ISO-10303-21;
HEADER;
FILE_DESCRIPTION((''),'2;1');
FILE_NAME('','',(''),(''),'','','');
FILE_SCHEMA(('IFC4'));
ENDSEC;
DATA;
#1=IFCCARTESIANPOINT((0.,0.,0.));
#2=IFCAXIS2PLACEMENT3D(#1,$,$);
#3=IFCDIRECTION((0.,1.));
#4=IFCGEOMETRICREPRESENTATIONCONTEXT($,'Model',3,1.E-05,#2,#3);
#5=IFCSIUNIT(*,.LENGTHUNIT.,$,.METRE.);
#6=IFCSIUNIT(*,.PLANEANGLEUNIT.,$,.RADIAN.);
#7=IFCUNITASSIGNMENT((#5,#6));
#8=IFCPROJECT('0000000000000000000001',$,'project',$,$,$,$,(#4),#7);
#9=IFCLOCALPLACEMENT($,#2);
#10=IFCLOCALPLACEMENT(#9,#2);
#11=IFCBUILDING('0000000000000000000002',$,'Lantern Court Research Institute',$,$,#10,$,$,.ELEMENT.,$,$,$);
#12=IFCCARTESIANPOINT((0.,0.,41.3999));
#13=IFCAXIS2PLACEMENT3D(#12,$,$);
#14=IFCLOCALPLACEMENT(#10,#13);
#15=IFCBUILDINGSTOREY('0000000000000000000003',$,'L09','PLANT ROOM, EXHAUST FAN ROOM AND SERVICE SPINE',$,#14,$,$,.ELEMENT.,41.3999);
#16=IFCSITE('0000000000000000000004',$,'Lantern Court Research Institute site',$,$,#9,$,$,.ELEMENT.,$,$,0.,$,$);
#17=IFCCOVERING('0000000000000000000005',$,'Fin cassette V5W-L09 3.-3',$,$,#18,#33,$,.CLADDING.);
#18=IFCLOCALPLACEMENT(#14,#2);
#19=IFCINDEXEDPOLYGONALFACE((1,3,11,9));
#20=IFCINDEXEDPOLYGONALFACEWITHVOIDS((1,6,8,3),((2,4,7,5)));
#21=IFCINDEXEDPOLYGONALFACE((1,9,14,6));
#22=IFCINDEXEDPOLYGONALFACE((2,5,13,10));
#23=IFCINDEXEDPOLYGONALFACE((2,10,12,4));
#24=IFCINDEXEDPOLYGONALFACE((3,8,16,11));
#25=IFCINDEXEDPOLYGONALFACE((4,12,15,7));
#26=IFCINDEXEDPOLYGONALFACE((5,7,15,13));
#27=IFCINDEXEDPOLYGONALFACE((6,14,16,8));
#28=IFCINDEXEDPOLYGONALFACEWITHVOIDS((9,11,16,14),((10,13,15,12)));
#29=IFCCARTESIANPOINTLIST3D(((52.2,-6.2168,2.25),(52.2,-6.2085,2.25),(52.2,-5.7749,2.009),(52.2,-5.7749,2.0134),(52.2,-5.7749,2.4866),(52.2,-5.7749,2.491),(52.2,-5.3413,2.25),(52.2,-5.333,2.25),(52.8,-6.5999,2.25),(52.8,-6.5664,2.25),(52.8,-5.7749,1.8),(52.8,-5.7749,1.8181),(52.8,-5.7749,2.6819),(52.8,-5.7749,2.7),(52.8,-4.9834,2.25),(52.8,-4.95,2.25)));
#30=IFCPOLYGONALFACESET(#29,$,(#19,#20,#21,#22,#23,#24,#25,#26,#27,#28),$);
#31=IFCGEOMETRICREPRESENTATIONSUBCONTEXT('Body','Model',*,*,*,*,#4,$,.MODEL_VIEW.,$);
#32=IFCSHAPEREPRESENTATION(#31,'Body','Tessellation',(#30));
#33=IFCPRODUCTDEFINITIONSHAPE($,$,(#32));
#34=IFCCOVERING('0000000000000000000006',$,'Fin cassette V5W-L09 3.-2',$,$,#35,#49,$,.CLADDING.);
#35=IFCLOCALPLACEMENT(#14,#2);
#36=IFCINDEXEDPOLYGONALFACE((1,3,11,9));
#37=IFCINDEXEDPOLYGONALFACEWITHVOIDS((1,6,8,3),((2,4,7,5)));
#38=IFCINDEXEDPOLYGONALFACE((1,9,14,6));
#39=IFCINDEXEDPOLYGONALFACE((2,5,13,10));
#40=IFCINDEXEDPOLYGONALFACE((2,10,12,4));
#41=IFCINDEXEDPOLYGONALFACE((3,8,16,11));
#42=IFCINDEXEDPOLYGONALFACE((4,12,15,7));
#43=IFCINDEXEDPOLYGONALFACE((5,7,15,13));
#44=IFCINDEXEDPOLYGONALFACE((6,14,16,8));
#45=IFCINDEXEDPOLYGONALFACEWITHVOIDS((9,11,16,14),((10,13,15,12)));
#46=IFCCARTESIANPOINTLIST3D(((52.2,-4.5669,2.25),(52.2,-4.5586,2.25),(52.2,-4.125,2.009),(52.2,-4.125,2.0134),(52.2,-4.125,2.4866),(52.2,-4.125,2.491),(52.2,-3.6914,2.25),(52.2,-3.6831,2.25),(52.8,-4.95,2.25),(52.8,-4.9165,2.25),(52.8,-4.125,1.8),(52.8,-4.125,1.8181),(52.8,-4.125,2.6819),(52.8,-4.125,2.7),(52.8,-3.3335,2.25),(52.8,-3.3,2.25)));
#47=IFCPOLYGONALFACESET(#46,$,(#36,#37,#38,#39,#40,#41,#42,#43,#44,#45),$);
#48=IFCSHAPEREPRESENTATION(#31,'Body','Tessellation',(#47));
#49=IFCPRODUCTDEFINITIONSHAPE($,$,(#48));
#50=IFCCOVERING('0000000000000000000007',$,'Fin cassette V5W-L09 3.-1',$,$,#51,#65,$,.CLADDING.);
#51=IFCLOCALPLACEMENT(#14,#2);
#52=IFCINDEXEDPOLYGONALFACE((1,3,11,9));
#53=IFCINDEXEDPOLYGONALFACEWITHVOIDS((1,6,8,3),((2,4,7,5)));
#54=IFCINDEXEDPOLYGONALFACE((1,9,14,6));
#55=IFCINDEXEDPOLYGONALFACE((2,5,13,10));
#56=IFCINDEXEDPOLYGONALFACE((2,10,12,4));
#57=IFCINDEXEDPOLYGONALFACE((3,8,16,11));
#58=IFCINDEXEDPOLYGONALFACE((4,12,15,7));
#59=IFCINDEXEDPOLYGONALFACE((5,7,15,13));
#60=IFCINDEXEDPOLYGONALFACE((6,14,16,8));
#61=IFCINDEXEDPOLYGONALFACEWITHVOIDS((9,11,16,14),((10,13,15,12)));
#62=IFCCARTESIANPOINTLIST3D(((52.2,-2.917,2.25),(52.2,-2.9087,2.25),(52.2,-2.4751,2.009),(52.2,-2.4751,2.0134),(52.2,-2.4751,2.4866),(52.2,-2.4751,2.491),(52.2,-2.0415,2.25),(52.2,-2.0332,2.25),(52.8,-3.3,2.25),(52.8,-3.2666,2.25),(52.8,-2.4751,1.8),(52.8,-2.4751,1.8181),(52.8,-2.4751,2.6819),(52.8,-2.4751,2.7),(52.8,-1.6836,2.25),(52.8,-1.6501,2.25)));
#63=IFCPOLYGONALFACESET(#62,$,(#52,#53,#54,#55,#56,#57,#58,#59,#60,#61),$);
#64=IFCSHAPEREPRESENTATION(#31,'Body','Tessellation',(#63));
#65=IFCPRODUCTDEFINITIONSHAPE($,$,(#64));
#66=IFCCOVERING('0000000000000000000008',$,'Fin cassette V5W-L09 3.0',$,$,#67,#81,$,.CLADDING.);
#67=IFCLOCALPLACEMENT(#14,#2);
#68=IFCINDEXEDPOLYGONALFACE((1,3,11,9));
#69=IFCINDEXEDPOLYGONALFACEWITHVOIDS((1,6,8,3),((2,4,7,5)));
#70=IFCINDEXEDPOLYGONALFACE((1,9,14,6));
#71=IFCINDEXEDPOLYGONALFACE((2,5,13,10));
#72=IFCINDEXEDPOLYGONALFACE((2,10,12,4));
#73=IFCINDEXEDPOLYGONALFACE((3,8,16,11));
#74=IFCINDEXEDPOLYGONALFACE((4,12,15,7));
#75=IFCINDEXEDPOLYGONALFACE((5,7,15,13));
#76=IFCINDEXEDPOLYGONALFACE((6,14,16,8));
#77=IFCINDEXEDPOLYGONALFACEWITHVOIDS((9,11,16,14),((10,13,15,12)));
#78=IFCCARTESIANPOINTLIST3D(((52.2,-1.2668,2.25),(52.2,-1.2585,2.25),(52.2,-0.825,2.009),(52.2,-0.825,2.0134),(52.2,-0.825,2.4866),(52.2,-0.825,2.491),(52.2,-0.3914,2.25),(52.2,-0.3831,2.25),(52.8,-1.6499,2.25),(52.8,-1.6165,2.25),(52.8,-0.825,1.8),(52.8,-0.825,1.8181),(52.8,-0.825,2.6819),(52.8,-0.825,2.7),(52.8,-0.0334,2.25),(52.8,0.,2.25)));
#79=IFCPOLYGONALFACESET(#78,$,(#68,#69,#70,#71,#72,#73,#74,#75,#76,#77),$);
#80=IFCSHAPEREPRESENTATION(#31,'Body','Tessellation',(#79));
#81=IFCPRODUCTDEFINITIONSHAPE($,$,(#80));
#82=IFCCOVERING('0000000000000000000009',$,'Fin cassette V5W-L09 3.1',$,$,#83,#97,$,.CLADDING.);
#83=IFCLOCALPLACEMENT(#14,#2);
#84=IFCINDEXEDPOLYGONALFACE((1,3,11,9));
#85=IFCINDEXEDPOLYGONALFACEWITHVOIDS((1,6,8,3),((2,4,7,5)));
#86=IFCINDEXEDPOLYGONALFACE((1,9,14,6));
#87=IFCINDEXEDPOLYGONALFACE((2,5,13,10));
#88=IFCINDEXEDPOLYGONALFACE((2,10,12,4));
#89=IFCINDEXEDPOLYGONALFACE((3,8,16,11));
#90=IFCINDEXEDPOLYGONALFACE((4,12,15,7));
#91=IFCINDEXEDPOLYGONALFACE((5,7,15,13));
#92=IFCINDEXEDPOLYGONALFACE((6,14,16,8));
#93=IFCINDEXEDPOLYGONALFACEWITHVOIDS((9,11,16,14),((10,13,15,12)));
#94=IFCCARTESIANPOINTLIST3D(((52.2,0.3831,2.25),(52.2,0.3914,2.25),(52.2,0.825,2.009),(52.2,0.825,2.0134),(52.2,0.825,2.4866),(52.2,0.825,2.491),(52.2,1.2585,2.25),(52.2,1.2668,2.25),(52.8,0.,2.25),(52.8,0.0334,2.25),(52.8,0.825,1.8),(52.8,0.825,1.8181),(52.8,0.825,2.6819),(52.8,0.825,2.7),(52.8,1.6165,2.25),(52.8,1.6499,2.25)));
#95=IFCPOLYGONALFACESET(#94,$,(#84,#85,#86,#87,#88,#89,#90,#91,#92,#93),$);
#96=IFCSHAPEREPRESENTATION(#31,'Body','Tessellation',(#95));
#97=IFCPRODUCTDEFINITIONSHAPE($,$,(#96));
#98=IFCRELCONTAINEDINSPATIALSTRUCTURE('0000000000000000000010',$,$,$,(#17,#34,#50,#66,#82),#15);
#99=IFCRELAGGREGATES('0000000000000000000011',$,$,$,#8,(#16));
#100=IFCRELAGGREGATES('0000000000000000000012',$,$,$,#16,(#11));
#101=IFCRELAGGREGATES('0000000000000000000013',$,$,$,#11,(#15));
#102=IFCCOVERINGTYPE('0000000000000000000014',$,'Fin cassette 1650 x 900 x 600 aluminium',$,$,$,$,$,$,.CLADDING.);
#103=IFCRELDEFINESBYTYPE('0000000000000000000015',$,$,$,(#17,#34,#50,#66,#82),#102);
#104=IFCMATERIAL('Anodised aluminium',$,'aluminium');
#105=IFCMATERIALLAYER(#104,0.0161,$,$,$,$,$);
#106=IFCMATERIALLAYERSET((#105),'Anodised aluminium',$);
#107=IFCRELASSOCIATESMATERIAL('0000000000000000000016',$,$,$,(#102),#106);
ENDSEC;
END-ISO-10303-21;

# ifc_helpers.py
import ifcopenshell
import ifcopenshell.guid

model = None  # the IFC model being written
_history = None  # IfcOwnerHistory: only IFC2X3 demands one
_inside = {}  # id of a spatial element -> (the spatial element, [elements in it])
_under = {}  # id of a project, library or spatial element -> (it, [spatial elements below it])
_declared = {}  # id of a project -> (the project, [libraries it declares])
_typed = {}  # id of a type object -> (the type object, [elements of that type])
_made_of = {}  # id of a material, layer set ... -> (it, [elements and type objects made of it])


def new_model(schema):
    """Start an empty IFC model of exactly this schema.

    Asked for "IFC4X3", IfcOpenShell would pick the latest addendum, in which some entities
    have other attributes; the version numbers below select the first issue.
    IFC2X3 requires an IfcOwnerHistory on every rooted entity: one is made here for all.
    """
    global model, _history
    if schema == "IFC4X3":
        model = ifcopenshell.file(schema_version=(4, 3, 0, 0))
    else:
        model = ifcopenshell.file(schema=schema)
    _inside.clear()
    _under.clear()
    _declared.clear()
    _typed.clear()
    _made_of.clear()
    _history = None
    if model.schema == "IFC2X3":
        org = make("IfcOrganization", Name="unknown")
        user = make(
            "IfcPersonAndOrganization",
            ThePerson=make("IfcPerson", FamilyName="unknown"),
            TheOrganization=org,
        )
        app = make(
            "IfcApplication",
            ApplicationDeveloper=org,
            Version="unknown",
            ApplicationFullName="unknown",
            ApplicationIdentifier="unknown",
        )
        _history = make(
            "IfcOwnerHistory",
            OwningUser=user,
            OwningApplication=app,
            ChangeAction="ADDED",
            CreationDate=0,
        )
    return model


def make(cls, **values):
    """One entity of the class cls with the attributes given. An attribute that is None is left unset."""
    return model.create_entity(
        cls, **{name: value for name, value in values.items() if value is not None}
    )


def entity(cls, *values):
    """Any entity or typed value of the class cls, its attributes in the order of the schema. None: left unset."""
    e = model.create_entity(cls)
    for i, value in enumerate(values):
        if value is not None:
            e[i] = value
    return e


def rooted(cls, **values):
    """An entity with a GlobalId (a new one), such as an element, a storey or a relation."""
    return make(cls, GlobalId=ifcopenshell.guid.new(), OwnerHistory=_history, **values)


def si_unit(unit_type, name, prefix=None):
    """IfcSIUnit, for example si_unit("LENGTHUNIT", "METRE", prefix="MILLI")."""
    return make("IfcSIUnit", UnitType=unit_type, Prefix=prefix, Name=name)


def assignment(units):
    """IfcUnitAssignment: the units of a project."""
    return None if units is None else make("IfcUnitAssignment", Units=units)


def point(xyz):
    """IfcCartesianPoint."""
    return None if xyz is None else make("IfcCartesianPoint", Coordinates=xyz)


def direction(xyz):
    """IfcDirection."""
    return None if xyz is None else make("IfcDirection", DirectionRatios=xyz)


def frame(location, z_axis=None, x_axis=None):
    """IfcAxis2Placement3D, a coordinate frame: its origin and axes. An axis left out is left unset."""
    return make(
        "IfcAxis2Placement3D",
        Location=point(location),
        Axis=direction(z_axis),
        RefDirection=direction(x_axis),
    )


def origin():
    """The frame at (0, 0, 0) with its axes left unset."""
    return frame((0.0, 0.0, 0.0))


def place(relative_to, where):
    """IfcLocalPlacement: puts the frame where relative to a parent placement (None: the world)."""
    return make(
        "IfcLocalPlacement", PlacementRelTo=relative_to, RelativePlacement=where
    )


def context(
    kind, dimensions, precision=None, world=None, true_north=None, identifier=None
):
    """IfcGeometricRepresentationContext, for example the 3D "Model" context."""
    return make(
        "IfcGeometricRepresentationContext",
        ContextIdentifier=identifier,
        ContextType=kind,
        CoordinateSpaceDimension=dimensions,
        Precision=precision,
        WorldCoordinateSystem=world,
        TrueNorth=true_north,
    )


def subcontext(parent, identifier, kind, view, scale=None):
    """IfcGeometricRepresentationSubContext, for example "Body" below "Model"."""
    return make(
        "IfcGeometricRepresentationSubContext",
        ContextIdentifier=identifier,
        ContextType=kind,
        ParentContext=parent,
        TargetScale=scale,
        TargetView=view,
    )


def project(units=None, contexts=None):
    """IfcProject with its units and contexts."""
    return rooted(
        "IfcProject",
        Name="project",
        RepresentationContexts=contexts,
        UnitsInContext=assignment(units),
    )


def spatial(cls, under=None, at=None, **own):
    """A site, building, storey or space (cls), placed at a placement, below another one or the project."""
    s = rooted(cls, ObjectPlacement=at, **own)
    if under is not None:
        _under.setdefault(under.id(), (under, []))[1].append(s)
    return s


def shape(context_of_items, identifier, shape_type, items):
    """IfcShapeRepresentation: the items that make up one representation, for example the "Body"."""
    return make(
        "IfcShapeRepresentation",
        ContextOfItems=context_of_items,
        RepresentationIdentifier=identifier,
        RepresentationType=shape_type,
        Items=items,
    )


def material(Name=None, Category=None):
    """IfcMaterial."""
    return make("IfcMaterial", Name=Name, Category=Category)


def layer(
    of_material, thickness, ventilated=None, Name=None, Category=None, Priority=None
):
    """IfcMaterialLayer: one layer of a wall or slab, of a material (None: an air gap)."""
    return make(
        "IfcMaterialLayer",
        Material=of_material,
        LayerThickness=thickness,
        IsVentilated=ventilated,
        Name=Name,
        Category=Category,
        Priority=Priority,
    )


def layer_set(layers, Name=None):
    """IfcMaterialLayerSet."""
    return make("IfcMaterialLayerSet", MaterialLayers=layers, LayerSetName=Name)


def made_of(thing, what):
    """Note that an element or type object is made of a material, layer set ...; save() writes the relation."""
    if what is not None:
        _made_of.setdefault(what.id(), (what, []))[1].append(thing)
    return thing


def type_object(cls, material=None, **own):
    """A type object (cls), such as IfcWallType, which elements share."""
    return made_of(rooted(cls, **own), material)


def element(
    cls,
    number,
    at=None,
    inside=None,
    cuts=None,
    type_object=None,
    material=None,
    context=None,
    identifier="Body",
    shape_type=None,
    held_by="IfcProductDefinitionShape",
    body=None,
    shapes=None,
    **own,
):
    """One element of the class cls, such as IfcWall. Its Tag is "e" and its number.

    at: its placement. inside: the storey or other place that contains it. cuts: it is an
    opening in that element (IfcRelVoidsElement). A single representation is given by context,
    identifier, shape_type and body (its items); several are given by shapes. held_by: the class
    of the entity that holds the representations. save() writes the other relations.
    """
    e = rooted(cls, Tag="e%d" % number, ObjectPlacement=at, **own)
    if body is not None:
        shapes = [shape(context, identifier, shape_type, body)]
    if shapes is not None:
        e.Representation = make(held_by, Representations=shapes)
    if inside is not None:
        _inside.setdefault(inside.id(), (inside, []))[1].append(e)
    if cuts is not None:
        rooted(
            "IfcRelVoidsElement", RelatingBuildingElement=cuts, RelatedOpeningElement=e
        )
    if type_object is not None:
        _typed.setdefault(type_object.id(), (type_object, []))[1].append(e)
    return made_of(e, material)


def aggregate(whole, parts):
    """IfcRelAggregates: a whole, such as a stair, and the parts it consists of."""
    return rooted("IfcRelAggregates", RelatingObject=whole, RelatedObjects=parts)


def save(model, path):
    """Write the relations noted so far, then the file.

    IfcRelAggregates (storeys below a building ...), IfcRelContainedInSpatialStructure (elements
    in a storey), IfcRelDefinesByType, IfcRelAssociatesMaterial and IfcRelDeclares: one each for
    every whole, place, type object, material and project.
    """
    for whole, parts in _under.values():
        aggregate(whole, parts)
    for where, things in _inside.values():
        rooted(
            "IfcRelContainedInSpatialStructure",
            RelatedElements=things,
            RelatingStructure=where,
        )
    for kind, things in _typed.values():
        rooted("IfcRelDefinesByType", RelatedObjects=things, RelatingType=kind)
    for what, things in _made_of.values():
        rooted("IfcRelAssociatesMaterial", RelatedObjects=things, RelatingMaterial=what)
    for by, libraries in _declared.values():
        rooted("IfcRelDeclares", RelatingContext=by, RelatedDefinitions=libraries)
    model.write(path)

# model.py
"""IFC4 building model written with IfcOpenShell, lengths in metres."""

from ifc_helpers import new_model, entity, si_unit, direction, frame, origin, place, context, subcontext, project, spatial, material, layer, layer_set, type_object, element, save


model = new_model("IFC4")

# Units and contexts
model_context = context("Model", 3, precision=1e-05, world=origin(), true_north=direction((0.0, 1.0)))
body_context = subcontext(model_context, "Body", "Model", "MODEL_VIEW")
ifc_project = project(units=[si_unit("LENGTHUNIT", "METRE"), si_unit("PLANEANGLEUNIT", "RADIAN")], contexts=[model_context])

# Site, building, storey
site_placement = place(None, origin())
site = spatial("IfcSite", under=ifc_project, at=site_placement, Name="Lantern Court Research Institute site", CompositionType="ELEMENT", RefElevation=0.0)
building_placement = place(site_placement, origin())
building = spatial("IfcBuilding", under=site, at=building_placement, Name="Lantern Court Research Institute", CompositionType="ELEMENT")
storey_placement = place(building_placement, frame((0.0, 0.0, 41.3999)))
storey = spatial("IfcBuildingStorey", under=building, at=storey_placement, Name="L09", Description="PLANT ROOM, EXHAUST FAN ROOM AND SERVICE SPINE", CompositionType="ELEMENT", Elevation=41.3999)

# Coverings
ifc_material_1 = material(Name="Anodised aluminium", Category="aluminium")
ifc_layer_1 = layer(ifc_material_1, 0.0161)
ifc_layer_set_1 = layer_set([ifc_layer_1], Name="Anodised aluminium")
covering_type = type_object("IfcCoveringType", Name="Fin cassette 1650 x 900 x 600 aluminium", PredefinedType="CLADDING", material=ifc_layer_set_1)
covering_1_placement = place(storey_placement, frame((52.8, -5.7749, 2.25), z_axis=(-1.0, 0.0, 0.0), x_axis=(0.0, -1.0, 0.0)))
cartesian_point_1 = entity("IfcCartesianPoint", [0.825, 0.0])
cartesian_point_2 = entity("IfcCartesianPoint", [0.7915, 0.0])
cartesian_point_3 = entity("IfcCartesianPoint", [0.4419, 0.0])
cartesian_point_4 = entity("IfcCartesianPoint", [0.4336, 0.0])
element("IfcCovering", 1, at=covering_1_placement, inside=storey, type_object=covering_type, Name="Fin cassette V5W-L09 3.-3", PredefinedType="CLADDING", context=body_context, shape_type="SweptSolid", body=[
    entity("IfcExtrudedAreaSolidTapered", entity("IfcArbitraryProfileDefWithVoids", "AREA", None, entity("IfcPolyline", [cartesian_point_1, entity("IfcCartesianPoint", [0.0, 0.45]), entity("IfcCartesianPoint", [-0.825, 0.0]), entity("IfcCartesianPoint", [0.0, -0.45]), cartesian_point_1]), [entity("IfcPolyline", [cartesian_point_2, entity("IfcCartesianPoint", [0.0, 0.4319]), entity("IfcCartesianPoint", [-0.7915, 0.0]), entity("IfcCartesianPoint", [0.0, -0.4319]), cartesian_point_2])]), entity("IfcAxis2Placement3D", entity("IfcCartesianPoint", [0.0, 0.0, 0.0])), entity("IfcDirection", [0.0, 0.0, 1.0]), 0.6001, entity("IfcArbitraryProfileDefWithVoids", "AREA", None, entity("IfcPolyline", [cartesian_point_3, entity("IfcCartesianPoint", [0.0, 0.241]), entity("IfcCartesianPoint", [-0.4419, 0.0]), entity("IfcCartesianPoint", [0.0, -0.241]), cartesian_point_3]), [entity("IfcPolyline", [cartesian_point_4, entity("IfcCartesianPoint", [0.0, 0.2366]), entity("IfcCartesianPoint", [-0.4336, 0.0]), entity("IfcCartesianPoint", [0.0, -0.2366]), cartesian_point_4])])),
])
covering_2_placement = place(storey_placement, frame((52.8, -4.125, 2.25), z_axis=(-1.0, 0.0, 0.0), x_axis=(0.0, -1.0, 0.0)))
cartesian_point_5 = entity("IfcCartesianPoint", [0.825, 0.0])
cartesian_point_6 = entity("IfcCartesianPoint", [0.7915, 0.0])
cartesian_point_7 = entity("IfcCartesianPoint", [0.4419, 0.0])
cartesian_point_8 = entity("IfcCartesianPoint", [0.4336, 0.0])
element("IfcCovering", 2, at=covering_2_placement, inside=storey, type_object=covering_type, Name="Fin cassette V5W-L09 3.-2", PredefinedType="CLADDING", context=body_context, shape_type="SweptSolid", body=[
    entity("IfcExtrudedAreaSolidTapered", entity("IfcArbitraryProfileDefWithVoids", "AREA", None, entity("IfcPolyline", [cartesian_point_5, entity("IfcCartesianPoint", [0.0, 0.45]), entity("IfcCartesianPoint", [-0.825, 0.0]), entity("IfcCartesianPoint", [0.0, -0.45]), cartesian_point_5]), [entity("IfcPolyline", [cartesian_point_6, entity("IfcCartesianPoint", [0.0, 0.4319]), entity("IfcCartesianPoint", [-0.7915, 0.0]), entity("IfcCartesianPoint", [0.0, -0.4319]), cartesian_point_6])]), entity("IfcAxis2Placement3D", entity("IfcCartesianPoint", [0.0, 0.0, 0.0])), entity("IfcDirection", [0.0, 0.0, 1.0]), 0.6001, entity("IfcArbitraryProfileDefWithVoids", "AREA", None, entity("IfcPolyline", [cartesian_point_7, entity("IfcCartesianPoint", [0.0, 0.241]), entity("IfcCartesianPoint", [-0.4419, 0.0]), entity("IfcCartesianPoint", [0.0, -0.241]), cartesian_point_7]), [entity("IfcPolyline", [cartesian_point_8, entity("IfcCartesianPoint", [0.0, 0.2366]), entity("IfcCartesianPoint", [-0.4336, 0.0]), entity("IfcCartesianPoint", [0.0, -0.2366]), cartesian_point_8])])),
])
covering_3_placement = place(storey_placement, frame((52.8, -2.4751, 2.25), z_axis=(-1.0, 0.0, 0.0), x_axis=(0.0, -1.0, 0.0)))
cartesian_point_9 = entity("IfcCartesianPoint", [0.825, 0.0])
cartesian_point_10 = entity("IfcCartesianPoint", [0.7915, 0.0])
cartesian_point_11 = entity("IfcCartesianPoint", [0.4419, 0.0])
cartesian_point_12 = entity("IfcCartesianPoint", [0.4336, 0.0])
element("IfcCovering", 3, at=covering_3_placement, inside=storey, type_object=covering_type, Name="Fin cassette V5W-L09 3.-1", PredefinedType="CLADDING", context=body_context, shape_type="SweptSolid", body=[
    entity("IfcExtrudedAreaSolidTapered", entity("IfcArbitraryProfileDefWithVoids", "AREA", None, entity("IfcPolyline", [cartesian_point_9, entity("IfcCartesianPoint", [0.0, 0.45]), entity("IfcCartesianPoint", [-0.825, 0.0]), entity("IfcCartesianPoint", [0.0, -0.45]), cartesian_point_9]), [entity("IfcPolyline", [cartesian_point_10, entity("IfcCartesianPoint", [0.0, 0.4319]), entity("IfcCartesianPoint", [-0.7915, 0.0]), entity("IfcCartesianPoint", [0.0, -0.4319]), cartesian_point_10])]), entity("IfcAxis2Placement3D", entity("IfcCartesianPoint", [0.0, 0.0, 0.0])), entity("IfcDirection", [0.0, 0.0, 1.0]), 0.6001, entity("IfcArbitraryProfileDefWithVoids", "AREA", None, entity("IfcPolyline", [cartesian_point_11, entity("IfcCartesianPoint", [0.0, 0.241]), entity("IfcCartesianPoint", [-0.4419, 0.0]), entity("IfcCartesianPoint", [0.0, -0.241]), cartesian_point_11]), [entity("IfcPolyline", [cartesian_point_12, entity("IfcCartesianPoint", [0.0, 0.2366]), entity("IfcCartesianPoint", [-0.4336, 0.0]), entity("IfcCartesianPoint", [0.0, -0.2366]), cartesian_point_12])])),
])
covering_4_placement = place(storey_placement, frame((52.8, -0.825, 2.25), z_axis=(-1.0, 0.0, 0.0), x_axis=(0.0, -1.0, 0.0)))
cartesian_point_13 = entity("IfcCartesianPoint", [0.825, 0.0])
cartesian_point_14 = entity("IfcCartesianPoint", [0.7915, 0.0])
cartesian_point_15 = entity("IfcCartesianPoint", [0.4419, 0.0])
cartesian_point_16 = entity("IfcCartesianPoint", [0.4336, 0.0])
element("IfcCovering", 4, at=covering_4_placement, inside=storey, type_object=covering_type, Name="Fin cassette V5W-L09 3.0", PredefinedType="CLADDING", context=body_context, shape_type="SweptSolid", body=[
    entity("IfcExtrudedAreaSolidTapered", entity("IfcArbitraryProfileDefWithVoids", "AREA", None, entity("IfcPolyline", [cartesian_point_13, entity("IfcCartesianPoint", [0.0, 0.45]), entity("IfcCartesianPoint", [-0.825, 0.0]), entity("IfcCartesianPoint", [0.0, -0.45]), cartesian_point_13]), [entity("IfcPolyline", [cartesian_point_14, entity("IfcCartesianPoint", [0.0, 0.4319]), entity("IfcCartesianPoint", [-0.7915, 0.0]), entity("IfcCartesianPoint", [0.0, -0.4319]), cartesian_point_14])]), entity("IfcAxis2Placement3D", entity("IfcCartesianPoint", [0.0, 0.0, 0.0])), entity("IfcDirection", [0.0, 0.0, 1.0]), 0.6001, entity("IfcArbitraryProfileDefWithVoids", "AREA", None, entity("IfcPolyline", [cartesian_point_15, entity("IfcCartesianPoint", [0.0, 0.241]), entity("IfcCartesianPoint", [-0.4419, 0.0]), entity("IfcCartesianPoint", [0.0, -0.241]), cartesian_point_15]), [entity("IfcPolyline", [cartesian_point_16, entity("IfcCartesianPoint", [0.0, 0.2366]), entity("IfcCartesianPoint", [-0.4336, 0.0]), entity("IfcCartesianPoint", [0.0, -0.2366]), cartesian_point_16])])),
])
covering_5_placement = place(storey_placement, frame((52.8, 0.825, 2.25), z_axis=(-1.0, 0.0, 0.0), x_axis=(0.0, -1.0, 0.0)))
cartesian_point_17 = entity("IfcCartesianPoint", [0.825, 0.0])
cartesian_point_18 = entity("IfcCartesianPoint", [0.7915, 0.0])
cartesian_point_19 = entity("IfcCartesianPoint", [0.4419, 0.0])
cartesian_point_20 = entity("IfcCartesianPoint", [0.4336, 0.0])
element("IfcCovering", 5, at=covering_5_placement, inside=storey, type_object=covering_type, Name="Fin cassette V5W-L09 3.1", PredefinedType="CLADDING", context=body_context, shape_type="SweptSolid", body=[
    entity("IfcExtrudedAreaSolidTapered", entity("IfcArbitraryProfileDefWithVoids", "AREA", None, entity("IfcPolyline", [cartesian_point_17, entity("IfcCartesianPoint", [0.0, 0.45]), entity("IfcCartesianPoint", [-0.825, 0.0]), entity("IfcCartesianPoint", [0.0, -0.45]), cartesian_point_17]), [entity("IfcPolyline", [cartesian_point_18, entity("IfcCartesianPoint", [0.0, 0.4319]), entity("IfcCartesianPoint", [-0.7915, 0.0]), entity("IfcCartesianPoint", [0.0, -0.4319]), cartesian_point_18])]), entity("IfcAxis2Placement3D", entity("IfcCartesianPoint", [0.0, 0.0, 0.0])), entity("IfcDirection", [0.0, 0.0, 1.0]), 0.6001, entity("IfcArbitraryProfileDefWithVoids", "AREA", None, entity("IfcPolyline", [cartesian_point_19, entity("IfcCartesianPoint", [0.0, 0.241]), entity("IfcCartesianPoint", [-0.4419, 0.0]), entity("IfcCartesianPoint", [0.0, -0.241]), cartesian_point_19]), [entity("IfcPolyline", [cartesian_point_20, entity("IfcCartesianPoint", [0.0, 0.2366]), entity("IfcCartesianPoint", [-0.4336, 0.0]), entity("IfcCartesianPoint", [0.0, -0.2366]), cartesian_point_20])])),
])

save(model, "model.ifc")
